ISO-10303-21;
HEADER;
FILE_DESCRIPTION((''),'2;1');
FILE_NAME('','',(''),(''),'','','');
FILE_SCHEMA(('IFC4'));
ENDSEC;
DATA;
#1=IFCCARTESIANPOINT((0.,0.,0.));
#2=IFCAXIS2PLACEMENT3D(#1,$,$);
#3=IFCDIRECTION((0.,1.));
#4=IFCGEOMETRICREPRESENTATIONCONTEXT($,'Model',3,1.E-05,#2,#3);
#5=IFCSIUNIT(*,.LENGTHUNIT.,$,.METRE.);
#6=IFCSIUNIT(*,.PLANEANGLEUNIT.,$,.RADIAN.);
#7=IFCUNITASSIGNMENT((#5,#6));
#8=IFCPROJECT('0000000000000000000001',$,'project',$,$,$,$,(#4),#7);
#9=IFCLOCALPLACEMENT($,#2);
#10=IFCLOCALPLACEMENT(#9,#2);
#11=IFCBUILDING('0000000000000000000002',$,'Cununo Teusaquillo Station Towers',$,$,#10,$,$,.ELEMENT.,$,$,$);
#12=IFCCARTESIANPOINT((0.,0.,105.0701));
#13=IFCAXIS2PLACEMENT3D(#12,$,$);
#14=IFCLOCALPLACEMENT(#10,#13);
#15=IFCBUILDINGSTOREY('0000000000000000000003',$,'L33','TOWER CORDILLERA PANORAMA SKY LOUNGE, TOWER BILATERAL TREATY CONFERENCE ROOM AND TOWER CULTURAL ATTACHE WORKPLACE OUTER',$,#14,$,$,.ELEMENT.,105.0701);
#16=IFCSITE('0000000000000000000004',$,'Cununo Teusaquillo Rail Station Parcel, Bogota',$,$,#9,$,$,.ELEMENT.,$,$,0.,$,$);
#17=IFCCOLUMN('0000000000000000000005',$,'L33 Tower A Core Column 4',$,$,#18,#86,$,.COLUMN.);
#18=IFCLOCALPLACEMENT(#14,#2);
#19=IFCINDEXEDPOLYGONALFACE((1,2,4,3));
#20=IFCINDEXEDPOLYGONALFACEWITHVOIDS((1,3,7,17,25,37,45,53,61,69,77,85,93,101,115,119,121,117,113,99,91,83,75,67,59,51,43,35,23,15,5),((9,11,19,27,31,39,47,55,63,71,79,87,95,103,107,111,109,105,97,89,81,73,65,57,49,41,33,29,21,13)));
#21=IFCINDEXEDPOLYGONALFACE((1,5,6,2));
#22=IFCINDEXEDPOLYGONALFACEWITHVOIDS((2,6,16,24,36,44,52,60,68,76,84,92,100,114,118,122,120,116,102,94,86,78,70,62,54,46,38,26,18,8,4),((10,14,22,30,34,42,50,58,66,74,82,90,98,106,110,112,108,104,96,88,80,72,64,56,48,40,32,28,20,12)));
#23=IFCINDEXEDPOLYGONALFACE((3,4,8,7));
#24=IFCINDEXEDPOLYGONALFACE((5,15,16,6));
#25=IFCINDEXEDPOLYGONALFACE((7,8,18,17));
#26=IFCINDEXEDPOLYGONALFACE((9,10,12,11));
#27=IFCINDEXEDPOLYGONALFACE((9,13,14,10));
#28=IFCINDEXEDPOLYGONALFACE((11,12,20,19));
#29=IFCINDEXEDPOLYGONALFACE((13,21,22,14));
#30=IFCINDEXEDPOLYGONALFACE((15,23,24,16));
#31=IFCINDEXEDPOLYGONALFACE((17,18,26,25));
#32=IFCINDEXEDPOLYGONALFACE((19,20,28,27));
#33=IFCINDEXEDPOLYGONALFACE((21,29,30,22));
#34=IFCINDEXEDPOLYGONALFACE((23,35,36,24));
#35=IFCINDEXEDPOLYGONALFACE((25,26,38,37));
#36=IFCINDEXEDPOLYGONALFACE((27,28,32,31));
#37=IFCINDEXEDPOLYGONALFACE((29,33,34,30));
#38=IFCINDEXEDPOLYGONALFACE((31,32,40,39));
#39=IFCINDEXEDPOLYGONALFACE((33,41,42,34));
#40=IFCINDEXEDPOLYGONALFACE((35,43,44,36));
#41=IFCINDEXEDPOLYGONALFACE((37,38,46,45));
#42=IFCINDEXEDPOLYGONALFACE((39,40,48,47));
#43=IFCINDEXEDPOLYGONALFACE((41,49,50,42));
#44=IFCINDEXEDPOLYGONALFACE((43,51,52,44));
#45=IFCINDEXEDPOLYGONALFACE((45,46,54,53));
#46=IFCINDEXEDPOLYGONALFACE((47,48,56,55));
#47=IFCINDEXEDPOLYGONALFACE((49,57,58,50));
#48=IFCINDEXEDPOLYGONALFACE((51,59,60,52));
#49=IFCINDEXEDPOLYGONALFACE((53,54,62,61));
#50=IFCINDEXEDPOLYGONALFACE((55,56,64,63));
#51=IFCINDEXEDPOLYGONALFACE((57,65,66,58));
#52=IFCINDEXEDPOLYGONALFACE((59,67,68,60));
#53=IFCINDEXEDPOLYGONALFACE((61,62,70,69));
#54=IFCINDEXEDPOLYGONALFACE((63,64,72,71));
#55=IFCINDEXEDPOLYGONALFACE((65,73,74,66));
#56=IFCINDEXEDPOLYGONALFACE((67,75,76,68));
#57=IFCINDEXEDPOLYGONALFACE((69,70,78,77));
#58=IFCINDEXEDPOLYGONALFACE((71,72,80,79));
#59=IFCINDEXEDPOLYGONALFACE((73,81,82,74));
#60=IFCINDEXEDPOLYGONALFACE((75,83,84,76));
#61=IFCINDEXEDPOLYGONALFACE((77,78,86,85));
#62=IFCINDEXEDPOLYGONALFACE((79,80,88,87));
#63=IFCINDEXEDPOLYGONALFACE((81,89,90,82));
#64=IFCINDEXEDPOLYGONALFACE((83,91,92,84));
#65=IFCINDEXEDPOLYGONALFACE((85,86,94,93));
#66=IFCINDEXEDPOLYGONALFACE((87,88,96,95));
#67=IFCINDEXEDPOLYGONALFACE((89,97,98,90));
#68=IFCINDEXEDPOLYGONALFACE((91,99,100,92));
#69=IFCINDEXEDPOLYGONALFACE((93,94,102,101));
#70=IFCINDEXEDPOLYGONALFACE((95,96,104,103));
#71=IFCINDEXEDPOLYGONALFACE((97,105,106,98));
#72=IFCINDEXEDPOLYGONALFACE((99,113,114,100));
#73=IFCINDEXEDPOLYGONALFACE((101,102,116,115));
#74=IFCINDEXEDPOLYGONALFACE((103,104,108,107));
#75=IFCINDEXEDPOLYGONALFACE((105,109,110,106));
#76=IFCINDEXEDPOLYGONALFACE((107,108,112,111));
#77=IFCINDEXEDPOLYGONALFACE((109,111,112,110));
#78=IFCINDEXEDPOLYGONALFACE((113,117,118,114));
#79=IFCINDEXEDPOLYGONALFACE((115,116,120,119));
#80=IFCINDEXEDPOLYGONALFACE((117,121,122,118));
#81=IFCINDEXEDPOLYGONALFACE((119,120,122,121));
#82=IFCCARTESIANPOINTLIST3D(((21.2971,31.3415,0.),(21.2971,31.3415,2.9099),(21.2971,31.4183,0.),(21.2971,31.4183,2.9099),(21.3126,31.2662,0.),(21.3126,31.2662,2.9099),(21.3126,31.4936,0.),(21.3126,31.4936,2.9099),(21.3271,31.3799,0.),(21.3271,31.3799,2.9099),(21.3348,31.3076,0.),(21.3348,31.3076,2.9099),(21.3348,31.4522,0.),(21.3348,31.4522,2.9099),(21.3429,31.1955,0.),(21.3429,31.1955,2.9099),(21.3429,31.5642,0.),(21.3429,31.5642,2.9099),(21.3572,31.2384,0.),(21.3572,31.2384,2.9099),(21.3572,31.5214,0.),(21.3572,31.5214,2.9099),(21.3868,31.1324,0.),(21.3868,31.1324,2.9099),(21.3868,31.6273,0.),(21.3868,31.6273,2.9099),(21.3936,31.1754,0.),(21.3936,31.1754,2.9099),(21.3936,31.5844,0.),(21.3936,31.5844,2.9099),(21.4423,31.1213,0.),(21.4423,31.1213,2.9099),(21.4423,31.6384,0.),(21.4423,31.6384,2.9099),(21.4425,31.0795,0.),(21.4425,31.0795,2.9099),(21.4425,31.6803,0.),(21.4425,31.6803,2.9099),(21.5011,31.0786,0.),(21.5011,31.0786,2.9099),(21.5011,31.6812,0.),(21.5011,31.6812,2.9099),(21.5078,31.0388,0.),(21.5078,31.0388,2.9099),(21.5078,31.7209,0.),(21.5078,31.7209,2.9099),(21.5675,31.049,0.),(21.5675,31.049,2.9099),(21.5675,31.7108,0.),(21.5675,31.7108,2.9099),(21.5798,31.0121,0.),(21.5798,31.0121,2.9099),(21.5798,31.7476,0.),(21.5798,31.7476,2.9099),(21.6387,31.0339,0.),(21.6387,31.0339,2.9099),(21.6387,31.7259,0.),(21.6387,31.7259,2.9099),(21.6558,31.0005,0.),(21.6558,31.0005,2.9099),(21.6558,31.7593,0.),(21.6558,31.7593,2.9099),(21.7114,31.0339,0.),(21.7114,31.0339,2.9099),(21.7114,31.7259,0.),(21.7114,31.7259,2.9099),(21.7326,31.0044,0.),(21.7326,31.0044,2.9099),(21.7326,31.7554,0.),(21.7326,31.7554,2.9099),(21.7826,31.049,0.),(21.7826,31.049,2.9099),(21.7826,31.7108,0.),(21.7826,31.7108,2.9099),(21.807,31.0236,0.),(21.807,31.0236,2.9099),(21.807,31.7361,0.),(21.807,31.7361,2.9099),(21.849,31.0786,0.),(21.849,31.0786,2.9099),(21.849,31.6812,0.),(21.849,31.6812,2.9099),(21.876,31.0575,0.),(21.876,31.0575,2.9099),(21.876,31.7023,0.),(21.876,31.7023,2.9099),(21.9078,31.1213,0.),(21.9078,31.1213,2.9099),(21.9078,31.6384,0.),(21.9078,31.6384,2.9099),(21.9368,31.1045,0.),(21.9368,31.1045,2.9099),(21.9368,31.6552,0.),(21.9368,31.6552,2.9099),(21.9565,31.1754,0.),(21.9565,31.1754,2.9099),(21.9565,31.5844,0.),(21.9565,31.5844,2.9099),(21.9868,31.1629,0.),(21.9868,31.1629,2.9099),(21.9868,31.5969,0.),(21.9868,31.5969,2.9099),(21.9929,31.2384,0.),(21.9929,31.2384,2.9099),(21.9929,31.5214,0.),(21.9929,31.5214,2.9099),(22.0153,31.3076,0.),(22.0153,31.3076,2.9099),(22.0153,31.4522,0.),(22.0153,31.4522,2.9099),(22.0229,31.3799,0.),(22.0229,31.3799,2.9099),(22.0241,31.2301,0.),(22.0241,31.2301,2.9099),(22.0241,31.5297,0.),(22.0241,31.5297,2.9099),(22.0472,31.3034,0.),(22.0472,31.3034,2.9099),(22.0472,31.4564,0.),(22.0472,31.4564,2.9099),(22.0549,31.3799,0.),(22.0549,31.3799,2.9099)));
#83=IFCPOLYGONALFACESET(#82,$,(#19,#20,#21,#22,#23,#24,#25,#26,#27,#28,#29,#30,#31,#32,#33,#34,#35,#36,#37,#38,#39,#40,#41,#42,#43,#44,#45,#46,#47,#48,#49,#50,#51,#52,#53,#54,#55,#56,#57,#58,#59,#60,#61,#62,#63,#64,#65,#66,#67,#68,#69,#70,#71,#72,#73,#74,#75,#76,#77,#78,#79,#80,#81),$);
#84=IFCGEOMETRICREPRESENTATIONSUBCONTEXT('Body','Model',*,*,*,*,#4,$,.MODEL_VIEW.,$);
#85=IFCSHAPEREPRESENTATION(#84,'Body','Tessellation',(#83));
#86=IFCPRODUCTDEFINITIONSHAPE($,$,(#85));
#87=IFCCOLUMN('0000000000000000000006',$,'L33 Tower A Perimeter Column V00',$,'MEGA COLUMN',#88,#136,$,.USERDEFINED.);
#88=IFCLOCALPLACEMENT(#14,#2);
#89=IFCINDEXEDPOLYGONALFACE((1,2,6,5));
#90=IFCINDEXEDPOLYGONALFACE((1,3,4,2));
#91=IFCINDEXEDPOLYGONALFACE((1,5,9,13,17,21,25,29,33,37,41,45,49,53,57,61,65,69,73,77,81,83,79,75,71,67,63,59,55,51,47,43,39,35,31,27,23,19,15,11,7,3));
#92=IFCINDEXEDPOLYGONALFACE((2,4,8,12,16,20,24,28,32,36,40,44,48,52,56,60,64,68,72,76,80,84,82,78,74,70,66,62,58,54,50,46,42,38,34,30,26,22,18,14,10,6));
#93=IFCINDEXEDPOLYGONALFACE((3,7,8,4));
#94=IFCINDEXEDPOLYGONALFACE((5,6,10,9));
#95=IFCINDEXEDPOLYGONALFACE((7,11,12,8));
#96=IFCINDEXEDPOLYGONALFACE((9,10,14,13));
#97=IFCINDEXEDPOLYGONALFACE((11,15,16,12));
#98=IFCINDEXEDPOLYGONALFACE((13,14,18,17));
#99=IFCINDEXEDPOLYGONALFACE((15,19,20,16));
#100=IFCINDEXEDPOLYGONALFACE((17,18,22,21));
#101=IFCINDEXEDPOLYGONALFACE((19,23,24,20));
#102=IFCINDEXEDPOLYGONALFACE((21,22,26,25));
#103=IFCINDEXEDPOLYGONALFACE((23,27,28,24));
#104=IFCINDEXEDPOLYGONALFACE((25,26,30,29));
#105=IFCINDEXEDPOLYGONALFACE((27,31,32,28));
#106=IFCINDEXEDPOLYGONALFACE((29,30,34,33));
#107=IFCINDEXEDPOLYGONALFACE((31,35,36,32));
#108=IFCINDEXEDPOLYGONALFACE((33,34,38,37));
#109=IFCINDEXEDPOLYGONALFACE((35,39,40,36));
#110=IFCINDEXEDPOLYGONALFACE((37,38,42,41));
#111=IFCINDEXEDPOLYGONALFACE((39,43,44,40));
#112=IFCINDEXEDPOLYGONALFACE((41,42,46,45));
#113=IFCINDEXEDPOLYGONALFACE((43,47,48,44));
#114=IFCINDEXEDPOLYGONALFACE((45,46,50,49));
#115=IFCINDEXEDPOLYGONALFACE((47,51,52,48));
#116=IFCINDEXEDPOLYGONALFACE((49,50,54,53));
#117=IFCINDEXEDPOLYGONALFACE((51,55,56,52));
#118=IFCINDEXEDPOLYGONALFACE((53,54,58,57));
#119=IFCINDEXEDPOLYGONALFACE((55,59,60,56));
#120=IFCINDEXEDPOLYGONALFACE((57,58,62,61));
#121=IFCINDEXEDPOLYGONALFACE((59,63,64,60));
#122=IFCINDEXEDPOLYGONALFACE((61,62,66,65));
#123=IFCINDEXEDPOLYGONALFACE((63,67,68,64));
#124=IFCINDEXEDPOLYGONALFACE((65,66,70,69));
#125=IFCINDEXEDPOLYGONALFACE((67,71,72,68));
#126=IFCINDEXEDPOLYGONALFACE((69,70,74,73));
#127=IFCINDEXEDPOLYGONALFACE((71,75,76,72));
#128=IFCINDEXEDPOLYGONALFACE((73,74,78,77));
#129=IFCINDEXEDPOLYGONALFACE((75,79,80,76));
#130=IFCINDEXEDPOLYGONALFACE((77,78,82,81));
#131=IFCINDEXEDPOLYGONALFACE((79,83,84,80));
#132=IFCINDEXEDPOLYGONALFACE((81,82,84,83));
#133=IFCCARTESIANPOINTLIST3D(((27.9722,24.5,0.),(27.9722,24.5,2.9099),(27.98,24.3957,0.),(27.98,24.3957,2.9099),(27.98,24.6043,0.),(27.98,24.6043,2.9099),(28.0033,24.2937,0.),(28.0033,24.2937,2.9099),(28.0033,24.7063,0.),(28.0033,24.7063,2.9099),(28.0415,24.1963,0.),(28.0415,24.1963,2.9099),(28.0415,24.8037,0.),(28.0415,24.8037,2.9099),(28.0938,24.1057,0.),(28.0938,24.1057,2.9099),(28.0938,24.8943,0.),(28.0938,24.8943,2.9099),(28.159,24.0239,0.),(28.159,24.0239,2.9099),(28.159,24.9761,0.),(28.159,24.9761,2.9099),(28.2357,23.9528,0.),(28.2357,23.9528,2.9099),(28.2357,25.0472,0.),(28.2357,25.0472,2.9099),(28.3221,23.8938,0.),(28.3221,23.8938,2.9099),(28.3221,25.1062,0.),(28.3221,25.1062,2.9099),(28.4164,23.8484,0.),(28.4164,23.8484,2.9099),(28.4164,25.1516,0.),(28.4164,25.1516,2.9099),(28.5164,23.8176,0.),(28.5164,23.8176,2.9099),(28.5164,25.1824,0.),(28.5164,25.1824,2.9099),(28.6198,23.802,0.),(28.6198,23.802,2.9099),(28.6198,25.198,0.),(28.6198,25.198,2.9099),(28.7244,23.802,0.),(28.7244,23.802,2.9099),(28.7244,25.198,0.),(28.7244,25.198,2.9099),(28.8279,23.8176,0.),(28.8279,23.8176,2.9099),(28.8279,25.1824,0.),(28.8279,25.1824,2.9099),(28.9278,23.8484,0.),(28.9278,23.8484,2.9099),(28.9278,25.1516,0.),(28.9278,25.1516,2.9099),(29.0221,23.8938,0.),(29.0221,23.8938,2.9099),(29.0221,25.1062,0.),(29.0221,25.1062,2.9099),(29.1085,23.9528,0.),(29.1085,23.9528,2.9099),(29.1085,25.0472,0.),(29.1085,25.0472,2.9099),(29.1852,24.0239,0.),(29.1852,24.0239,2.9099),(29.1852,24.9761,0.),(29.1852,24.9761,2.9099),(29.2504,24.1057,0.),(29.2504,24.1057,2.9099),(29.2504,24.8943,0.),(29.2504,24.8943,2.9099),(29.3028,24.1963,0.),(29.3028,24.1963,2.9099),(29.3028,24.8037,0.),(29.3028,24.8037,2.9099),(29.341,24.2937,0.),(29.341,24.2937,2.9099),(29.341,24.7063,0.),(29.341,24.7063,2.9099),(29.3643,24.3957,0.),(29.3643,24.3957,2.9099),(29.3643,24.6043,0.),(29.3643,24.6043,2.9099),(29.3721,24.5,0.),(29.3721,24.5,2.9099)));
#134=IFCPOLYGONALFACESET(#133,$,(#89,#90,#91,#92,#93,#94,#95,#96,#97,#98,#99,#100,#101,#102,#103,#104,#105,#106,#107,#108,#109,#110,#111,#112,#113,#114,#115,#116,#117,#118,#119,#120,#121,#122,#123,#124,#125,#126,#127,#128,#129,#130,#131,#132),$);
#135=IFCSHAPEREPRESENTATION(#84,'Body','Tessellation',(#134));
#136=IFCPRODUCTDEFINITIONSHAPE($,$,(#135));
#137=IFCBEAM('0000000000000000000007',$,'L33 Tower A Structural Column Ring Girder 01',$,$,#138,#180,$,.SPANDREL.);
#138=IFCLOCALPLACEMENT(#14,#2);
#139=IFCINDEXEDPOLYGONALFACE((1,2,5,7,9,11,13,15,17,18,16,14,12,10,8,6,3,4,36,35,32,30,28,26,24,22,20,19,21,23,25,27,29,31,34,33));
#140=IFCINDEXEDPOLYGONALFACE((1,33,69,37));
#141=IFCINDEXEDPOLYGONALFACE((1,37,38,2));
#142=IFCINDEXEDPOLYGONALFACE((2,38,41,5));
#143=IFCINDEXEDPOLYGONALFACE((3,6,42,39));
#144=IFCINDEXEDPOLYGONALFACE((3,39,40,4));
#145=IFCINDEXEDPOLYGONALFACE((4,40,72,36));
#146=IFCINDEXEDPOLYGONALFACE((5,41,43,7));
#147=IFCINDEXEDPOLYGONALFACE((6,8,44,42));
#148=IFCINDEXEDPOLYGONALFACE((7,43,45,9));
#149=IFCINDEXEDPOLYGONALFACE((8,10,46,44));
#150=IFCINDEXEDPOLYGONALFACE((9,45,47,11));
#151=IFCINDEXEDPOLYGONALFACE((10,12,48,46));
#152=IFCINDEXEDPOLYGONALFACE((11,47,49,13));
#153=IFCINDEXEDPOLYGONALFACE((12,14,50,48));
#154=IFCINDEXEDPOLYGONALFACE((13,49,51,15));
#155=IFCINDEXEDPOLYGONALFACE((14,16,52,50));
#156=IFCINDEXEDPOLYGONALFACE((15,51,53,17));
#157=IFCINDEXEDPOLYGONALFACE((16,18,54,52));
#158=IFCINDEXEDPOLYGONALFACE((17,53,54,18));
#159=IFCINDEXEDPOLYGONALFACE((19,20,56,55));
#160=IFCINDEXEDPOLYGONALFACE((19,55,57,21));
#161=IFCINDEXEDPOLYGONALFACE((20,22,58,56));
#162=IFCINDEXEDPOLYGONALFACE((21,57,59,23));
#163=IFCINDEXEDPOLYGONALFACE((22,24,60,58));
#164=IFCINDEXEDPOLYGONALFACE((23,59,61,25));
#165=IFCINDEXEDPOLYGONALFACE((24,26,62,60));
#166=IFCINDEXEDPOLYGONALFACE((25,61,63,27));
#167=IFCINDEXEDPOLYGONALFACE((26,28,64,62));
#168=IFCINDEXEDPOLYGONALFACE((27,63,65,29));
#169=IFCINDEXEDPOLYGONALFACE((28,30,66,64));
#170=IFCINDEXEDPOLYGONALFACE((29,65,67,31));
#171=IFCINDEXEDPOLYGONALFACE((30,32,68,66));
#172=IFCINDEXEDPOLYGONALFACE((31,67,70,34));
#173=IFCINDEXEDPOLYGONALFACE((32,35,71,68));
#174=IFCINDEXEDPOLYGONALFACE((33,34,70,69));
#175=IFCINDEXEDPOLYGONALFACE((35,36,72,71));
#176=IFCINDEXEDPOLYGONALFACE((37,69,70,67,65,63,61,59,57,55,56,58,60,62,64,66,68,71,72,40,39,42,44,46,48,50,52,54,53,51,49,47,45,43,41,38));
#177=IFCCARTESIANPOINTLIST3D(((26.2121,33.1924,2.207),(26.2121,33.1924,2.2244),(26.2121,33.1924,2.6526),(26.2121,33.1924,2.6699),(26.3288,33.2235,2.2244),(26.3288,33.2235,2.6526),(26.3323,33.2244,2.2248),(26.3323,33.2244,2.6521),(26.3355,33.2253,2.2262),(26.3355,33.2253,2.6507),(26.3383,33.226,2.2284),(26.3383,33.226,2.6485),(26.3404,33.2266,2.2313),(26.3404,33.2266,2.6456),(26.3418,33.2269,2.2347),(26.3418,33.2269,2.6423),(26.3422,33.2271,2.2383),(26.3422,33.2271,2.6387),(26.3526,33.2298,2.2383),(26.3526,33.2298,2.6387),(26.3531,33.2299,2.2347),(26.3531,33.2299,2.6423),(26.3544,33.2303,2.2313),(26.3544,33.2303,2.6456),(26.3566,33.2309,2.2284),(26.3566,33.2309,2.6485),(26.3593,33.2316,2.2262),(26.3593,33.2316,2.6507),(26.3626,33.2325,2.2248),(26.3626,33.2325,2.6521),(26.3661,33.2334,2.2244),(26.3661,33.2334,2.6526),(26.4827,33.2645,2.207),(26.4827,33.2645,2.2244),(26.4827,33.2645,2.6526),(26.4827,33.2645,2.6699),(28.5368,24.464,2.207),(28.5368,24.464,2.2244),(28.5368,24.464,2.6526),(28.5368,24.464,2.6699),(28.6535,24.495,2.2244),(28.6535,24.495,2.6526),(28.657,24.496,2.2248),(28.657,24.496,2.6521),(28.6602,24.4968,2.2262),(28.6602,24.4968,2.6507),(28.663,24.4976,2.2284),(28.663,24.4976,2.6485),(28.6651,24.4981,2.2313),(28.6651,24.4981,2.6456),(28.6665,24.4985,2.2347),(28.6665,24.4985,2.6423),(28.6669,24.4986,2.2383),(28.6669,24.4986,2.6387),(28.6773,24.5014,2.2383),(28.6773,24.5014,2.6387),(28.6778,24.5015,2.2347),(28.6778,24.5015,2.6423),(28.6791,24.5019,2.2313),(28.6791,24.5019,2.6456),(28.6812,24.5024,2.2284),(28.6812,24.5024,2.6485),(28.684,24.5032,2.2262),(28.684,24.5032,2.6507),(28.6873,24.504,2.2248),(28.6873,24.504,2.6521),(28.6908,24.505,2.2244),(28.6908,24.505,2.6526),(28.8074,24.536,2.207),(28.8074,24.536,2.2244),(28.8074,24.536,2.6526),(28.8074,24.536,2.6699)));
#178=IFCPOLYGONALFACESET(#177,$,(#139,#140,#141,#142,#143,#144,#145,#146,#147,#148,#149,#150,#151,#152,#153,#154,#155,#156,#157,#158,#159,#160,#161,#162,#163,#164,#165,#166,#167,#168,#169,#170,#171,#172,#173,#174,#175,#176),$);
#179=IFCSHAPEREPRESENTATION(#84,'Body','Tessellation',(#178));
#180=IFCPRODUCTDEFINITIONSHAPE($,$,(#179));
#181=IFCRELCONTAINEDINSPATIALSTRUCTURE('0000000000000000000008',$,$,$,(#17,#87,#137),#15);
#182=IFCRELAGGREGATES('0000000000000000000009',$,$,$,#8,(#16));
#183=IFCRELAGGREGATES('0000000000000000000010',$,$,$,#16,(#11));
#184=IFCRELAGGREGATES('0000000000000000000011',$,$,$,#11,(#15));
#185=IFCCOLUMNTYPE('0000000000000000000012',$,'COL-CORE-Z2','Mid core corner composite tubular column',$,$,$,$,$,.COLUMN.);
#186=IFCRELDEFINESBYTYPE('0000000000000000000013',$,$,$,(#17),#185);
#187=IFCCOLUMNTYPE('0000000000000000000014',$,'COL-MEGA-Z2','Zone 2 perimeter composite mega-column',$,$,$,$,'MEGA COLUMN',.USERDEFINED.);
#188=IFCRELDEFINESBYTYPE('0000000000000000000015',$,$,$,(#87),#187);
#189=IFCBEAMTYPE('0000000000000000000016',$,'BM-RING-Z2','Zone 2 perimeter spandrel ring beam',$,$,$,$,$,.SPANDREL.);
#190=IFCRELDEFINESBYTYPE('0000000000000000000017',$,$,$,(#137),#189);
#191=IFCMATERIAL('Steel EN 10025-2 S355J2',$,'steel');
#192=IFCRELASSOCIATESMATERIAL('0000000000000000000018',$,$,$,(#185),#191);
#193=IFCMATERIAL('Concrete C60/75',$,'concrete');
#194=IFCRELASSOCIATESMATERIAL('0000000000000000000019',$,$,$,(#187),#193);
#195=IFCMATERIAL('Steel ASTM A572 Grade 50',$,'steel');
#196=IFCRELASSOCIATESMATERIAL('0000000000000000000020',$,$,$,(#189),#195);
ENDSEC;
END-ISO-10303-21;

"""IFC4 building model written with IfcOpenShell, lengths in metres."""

from ifc_helpers import new_model, si_unit, direction, frame, origin, origin_2d, place, context, subcontext, project, spatial, circle, hollow_circle, i_section, extrude, material, material_profile, profile_set, type_object, element, save


model = new_model("IFC4")

# Units and contexts
model_context = context("Model", 3, precision=1e-05, world=origin(), true_north=direction((0.0, 1.0)))
body_context = subcontext(model_context, "Body", "Model", "MODEL_VIEW")
ifc_project = project(units=[si_unit("LENGTHUNIT", "METRE"), si_unit("PLANEANGLEUNIT", "RADIAN")], contexts=[model_context])

# Site, building, storey
site_placement = place(None, origin())
site = spatial("IfcSite", under=ifc_project, at=site_placement, Name="Cununo Teusaquillo Rail Station Parcel, Bogota", CompositionType="ELEMENT", RefElevation=0.0)
building_placement = place(site_placement, origin())
building = spatial("IfcBuilding", under=site, at=building_placement, Name="Cununo Teusaquillo Station Towers", CompositionType="ELEMENT")
storey_placement = place(building_placement, frame((0.0, 0.0, 105.0701)))
storey = spatial("IfcBuildingStorey", under=building, at=storey_placement, Name="L33", Description="TOWER CORDILLERA PANORAMA SKY LOUNGE, TOWER BILATERAL TREATY CONFERENCE ROOM AND TOWER CULTURAL ATTACHE WORKPLACE OUTER", CompositionType="ELEMENT", Elevation=105.0701)

# Columns
ifc_material_1 = material(Name="Steel EN 10025-2 S355J2", Category="steel")
ifc_material_profile_1 = material_profile(ifc_material_1, hollow_circle(Radius=0.3799, WallThickness=0.032, at=origin_2d()), Name="CHS 760x32")
ifc_profile_set_1 = profile_set([ifc_material_profile_1], Name="Steel EN 10025-2 S355J2")
column_type_1 = type_object("IfcColumnType", Name="COL-CORE-Z2", Description="Mid core corner composite tubular column", PredefinedType="COLUMN", material=ifc_profile_set_1)
column_1_placement = place(storey_placement, frame((21.675, 31.3799, 0.0), z_axis=(0.0, 0.0, 1.0), x_axis=(1.0, 0.0, 0.0)))
element("IfcColumn", 1, at=column_1_placement, inside=storey, type_object=column_type_1, Name="L33 Tower A Core Column 4", PredefinedType="COLUMN", context=body_context, shape_type="SweptSolid", body=[
    extrude(hollow_circle(Radius=0.3799, WallThickness=0.032, at=origin_2d()), origin(), (0.0, 0.0, 1.0), 2.9099),
])
ifc_material_2 = material(Name="Concrete C60/75", Category="concrete")
ifc_material_profile_2 = material_profile(ifc_material_2, circle(Radius=0.7, at=origin_2d()), Name="RC-CIRC-1400")
ifc_profile_set_2 = profile_set([ifc_material_profile_2], Name="Concrete C60/75")
column_type_2 = type_object("IfcColumnType", Name="COL-MEGA-Z2", Description="Zone 2 perimeter composite mega-column", ElementType="MEGA COLUMN", PredefinedType="USERDEFINED", material=ifc_profile_set_2)
column_2_placement = place(storey_placement, frame((28.6721, 24.5, 0.0), z_axis=(0.0, 0.0, 1.0), x_axis=(1.0, 0.0, 0.0)))
element("IfcColumn", 2, at=column_2_placement, inside=storey, type_object=column_type_2, Name="L33 Tower A Perimeter Column V00", ObjectType="MEGA COLUMN", PredefinedType="USERDEFINED", context=body_context, shape_type="SweptSolid", body=[
    extrude(circle(Radius=0.7, at=origin_2d()), origin(), (0.0, 0.0, 1.0), 2.9099),
])

# Beam
ifc_material_3 = material(Name="Steel ASTM A572 Grade 50", Category="steel")
ifc_material_profile_3 = material_profile(ifc_material_3, i_section(OverallWidth=0.28, OverallDepth=0.4629, WebThickness=0.0107, FlangeThickness=0.0173, FilletRadius=0.0139, at=origin_2d()), Name="W18X76")
ifc_profile_set_3 = profile_set([ifc_material_profile_3], Name="Steel ASTM A572 Grade 50")
beam_type = type_object("IfcBeamType", Name="BM-RING-Z2", Description="Zone 2 perimeter spandrel ring beam", PredefinedType="SPANDREL", material=ifc_profile_set_3)
beam_1_placement = place(storey_placement, frame((28.6721, 24.5, 2.4385), z_axis=(-0.257363, 0.966315, 0.0), x_axis=(-0.966315, -0.257363, 0.0)))
element("IfcBeam", 3, at=beam_1_placement, inside=storey, type_object=beam_type, Name="L33 Tower A Structural Column Ring Girder 01", PredefinedType="SPANDREL", context=body_context, shape_type="SweptSolid", body=[
    extrude(i_section(OverallWidth=0.28, OverallDepth=0.4629, WebThickness=0.0107, FlangeThickness=0.0173, FilletRadius=0.0139, at=origin_2d()), origin(), (0.0, 0.0, 1.0), 9.0327),
])

save(model, "model.ifc")
